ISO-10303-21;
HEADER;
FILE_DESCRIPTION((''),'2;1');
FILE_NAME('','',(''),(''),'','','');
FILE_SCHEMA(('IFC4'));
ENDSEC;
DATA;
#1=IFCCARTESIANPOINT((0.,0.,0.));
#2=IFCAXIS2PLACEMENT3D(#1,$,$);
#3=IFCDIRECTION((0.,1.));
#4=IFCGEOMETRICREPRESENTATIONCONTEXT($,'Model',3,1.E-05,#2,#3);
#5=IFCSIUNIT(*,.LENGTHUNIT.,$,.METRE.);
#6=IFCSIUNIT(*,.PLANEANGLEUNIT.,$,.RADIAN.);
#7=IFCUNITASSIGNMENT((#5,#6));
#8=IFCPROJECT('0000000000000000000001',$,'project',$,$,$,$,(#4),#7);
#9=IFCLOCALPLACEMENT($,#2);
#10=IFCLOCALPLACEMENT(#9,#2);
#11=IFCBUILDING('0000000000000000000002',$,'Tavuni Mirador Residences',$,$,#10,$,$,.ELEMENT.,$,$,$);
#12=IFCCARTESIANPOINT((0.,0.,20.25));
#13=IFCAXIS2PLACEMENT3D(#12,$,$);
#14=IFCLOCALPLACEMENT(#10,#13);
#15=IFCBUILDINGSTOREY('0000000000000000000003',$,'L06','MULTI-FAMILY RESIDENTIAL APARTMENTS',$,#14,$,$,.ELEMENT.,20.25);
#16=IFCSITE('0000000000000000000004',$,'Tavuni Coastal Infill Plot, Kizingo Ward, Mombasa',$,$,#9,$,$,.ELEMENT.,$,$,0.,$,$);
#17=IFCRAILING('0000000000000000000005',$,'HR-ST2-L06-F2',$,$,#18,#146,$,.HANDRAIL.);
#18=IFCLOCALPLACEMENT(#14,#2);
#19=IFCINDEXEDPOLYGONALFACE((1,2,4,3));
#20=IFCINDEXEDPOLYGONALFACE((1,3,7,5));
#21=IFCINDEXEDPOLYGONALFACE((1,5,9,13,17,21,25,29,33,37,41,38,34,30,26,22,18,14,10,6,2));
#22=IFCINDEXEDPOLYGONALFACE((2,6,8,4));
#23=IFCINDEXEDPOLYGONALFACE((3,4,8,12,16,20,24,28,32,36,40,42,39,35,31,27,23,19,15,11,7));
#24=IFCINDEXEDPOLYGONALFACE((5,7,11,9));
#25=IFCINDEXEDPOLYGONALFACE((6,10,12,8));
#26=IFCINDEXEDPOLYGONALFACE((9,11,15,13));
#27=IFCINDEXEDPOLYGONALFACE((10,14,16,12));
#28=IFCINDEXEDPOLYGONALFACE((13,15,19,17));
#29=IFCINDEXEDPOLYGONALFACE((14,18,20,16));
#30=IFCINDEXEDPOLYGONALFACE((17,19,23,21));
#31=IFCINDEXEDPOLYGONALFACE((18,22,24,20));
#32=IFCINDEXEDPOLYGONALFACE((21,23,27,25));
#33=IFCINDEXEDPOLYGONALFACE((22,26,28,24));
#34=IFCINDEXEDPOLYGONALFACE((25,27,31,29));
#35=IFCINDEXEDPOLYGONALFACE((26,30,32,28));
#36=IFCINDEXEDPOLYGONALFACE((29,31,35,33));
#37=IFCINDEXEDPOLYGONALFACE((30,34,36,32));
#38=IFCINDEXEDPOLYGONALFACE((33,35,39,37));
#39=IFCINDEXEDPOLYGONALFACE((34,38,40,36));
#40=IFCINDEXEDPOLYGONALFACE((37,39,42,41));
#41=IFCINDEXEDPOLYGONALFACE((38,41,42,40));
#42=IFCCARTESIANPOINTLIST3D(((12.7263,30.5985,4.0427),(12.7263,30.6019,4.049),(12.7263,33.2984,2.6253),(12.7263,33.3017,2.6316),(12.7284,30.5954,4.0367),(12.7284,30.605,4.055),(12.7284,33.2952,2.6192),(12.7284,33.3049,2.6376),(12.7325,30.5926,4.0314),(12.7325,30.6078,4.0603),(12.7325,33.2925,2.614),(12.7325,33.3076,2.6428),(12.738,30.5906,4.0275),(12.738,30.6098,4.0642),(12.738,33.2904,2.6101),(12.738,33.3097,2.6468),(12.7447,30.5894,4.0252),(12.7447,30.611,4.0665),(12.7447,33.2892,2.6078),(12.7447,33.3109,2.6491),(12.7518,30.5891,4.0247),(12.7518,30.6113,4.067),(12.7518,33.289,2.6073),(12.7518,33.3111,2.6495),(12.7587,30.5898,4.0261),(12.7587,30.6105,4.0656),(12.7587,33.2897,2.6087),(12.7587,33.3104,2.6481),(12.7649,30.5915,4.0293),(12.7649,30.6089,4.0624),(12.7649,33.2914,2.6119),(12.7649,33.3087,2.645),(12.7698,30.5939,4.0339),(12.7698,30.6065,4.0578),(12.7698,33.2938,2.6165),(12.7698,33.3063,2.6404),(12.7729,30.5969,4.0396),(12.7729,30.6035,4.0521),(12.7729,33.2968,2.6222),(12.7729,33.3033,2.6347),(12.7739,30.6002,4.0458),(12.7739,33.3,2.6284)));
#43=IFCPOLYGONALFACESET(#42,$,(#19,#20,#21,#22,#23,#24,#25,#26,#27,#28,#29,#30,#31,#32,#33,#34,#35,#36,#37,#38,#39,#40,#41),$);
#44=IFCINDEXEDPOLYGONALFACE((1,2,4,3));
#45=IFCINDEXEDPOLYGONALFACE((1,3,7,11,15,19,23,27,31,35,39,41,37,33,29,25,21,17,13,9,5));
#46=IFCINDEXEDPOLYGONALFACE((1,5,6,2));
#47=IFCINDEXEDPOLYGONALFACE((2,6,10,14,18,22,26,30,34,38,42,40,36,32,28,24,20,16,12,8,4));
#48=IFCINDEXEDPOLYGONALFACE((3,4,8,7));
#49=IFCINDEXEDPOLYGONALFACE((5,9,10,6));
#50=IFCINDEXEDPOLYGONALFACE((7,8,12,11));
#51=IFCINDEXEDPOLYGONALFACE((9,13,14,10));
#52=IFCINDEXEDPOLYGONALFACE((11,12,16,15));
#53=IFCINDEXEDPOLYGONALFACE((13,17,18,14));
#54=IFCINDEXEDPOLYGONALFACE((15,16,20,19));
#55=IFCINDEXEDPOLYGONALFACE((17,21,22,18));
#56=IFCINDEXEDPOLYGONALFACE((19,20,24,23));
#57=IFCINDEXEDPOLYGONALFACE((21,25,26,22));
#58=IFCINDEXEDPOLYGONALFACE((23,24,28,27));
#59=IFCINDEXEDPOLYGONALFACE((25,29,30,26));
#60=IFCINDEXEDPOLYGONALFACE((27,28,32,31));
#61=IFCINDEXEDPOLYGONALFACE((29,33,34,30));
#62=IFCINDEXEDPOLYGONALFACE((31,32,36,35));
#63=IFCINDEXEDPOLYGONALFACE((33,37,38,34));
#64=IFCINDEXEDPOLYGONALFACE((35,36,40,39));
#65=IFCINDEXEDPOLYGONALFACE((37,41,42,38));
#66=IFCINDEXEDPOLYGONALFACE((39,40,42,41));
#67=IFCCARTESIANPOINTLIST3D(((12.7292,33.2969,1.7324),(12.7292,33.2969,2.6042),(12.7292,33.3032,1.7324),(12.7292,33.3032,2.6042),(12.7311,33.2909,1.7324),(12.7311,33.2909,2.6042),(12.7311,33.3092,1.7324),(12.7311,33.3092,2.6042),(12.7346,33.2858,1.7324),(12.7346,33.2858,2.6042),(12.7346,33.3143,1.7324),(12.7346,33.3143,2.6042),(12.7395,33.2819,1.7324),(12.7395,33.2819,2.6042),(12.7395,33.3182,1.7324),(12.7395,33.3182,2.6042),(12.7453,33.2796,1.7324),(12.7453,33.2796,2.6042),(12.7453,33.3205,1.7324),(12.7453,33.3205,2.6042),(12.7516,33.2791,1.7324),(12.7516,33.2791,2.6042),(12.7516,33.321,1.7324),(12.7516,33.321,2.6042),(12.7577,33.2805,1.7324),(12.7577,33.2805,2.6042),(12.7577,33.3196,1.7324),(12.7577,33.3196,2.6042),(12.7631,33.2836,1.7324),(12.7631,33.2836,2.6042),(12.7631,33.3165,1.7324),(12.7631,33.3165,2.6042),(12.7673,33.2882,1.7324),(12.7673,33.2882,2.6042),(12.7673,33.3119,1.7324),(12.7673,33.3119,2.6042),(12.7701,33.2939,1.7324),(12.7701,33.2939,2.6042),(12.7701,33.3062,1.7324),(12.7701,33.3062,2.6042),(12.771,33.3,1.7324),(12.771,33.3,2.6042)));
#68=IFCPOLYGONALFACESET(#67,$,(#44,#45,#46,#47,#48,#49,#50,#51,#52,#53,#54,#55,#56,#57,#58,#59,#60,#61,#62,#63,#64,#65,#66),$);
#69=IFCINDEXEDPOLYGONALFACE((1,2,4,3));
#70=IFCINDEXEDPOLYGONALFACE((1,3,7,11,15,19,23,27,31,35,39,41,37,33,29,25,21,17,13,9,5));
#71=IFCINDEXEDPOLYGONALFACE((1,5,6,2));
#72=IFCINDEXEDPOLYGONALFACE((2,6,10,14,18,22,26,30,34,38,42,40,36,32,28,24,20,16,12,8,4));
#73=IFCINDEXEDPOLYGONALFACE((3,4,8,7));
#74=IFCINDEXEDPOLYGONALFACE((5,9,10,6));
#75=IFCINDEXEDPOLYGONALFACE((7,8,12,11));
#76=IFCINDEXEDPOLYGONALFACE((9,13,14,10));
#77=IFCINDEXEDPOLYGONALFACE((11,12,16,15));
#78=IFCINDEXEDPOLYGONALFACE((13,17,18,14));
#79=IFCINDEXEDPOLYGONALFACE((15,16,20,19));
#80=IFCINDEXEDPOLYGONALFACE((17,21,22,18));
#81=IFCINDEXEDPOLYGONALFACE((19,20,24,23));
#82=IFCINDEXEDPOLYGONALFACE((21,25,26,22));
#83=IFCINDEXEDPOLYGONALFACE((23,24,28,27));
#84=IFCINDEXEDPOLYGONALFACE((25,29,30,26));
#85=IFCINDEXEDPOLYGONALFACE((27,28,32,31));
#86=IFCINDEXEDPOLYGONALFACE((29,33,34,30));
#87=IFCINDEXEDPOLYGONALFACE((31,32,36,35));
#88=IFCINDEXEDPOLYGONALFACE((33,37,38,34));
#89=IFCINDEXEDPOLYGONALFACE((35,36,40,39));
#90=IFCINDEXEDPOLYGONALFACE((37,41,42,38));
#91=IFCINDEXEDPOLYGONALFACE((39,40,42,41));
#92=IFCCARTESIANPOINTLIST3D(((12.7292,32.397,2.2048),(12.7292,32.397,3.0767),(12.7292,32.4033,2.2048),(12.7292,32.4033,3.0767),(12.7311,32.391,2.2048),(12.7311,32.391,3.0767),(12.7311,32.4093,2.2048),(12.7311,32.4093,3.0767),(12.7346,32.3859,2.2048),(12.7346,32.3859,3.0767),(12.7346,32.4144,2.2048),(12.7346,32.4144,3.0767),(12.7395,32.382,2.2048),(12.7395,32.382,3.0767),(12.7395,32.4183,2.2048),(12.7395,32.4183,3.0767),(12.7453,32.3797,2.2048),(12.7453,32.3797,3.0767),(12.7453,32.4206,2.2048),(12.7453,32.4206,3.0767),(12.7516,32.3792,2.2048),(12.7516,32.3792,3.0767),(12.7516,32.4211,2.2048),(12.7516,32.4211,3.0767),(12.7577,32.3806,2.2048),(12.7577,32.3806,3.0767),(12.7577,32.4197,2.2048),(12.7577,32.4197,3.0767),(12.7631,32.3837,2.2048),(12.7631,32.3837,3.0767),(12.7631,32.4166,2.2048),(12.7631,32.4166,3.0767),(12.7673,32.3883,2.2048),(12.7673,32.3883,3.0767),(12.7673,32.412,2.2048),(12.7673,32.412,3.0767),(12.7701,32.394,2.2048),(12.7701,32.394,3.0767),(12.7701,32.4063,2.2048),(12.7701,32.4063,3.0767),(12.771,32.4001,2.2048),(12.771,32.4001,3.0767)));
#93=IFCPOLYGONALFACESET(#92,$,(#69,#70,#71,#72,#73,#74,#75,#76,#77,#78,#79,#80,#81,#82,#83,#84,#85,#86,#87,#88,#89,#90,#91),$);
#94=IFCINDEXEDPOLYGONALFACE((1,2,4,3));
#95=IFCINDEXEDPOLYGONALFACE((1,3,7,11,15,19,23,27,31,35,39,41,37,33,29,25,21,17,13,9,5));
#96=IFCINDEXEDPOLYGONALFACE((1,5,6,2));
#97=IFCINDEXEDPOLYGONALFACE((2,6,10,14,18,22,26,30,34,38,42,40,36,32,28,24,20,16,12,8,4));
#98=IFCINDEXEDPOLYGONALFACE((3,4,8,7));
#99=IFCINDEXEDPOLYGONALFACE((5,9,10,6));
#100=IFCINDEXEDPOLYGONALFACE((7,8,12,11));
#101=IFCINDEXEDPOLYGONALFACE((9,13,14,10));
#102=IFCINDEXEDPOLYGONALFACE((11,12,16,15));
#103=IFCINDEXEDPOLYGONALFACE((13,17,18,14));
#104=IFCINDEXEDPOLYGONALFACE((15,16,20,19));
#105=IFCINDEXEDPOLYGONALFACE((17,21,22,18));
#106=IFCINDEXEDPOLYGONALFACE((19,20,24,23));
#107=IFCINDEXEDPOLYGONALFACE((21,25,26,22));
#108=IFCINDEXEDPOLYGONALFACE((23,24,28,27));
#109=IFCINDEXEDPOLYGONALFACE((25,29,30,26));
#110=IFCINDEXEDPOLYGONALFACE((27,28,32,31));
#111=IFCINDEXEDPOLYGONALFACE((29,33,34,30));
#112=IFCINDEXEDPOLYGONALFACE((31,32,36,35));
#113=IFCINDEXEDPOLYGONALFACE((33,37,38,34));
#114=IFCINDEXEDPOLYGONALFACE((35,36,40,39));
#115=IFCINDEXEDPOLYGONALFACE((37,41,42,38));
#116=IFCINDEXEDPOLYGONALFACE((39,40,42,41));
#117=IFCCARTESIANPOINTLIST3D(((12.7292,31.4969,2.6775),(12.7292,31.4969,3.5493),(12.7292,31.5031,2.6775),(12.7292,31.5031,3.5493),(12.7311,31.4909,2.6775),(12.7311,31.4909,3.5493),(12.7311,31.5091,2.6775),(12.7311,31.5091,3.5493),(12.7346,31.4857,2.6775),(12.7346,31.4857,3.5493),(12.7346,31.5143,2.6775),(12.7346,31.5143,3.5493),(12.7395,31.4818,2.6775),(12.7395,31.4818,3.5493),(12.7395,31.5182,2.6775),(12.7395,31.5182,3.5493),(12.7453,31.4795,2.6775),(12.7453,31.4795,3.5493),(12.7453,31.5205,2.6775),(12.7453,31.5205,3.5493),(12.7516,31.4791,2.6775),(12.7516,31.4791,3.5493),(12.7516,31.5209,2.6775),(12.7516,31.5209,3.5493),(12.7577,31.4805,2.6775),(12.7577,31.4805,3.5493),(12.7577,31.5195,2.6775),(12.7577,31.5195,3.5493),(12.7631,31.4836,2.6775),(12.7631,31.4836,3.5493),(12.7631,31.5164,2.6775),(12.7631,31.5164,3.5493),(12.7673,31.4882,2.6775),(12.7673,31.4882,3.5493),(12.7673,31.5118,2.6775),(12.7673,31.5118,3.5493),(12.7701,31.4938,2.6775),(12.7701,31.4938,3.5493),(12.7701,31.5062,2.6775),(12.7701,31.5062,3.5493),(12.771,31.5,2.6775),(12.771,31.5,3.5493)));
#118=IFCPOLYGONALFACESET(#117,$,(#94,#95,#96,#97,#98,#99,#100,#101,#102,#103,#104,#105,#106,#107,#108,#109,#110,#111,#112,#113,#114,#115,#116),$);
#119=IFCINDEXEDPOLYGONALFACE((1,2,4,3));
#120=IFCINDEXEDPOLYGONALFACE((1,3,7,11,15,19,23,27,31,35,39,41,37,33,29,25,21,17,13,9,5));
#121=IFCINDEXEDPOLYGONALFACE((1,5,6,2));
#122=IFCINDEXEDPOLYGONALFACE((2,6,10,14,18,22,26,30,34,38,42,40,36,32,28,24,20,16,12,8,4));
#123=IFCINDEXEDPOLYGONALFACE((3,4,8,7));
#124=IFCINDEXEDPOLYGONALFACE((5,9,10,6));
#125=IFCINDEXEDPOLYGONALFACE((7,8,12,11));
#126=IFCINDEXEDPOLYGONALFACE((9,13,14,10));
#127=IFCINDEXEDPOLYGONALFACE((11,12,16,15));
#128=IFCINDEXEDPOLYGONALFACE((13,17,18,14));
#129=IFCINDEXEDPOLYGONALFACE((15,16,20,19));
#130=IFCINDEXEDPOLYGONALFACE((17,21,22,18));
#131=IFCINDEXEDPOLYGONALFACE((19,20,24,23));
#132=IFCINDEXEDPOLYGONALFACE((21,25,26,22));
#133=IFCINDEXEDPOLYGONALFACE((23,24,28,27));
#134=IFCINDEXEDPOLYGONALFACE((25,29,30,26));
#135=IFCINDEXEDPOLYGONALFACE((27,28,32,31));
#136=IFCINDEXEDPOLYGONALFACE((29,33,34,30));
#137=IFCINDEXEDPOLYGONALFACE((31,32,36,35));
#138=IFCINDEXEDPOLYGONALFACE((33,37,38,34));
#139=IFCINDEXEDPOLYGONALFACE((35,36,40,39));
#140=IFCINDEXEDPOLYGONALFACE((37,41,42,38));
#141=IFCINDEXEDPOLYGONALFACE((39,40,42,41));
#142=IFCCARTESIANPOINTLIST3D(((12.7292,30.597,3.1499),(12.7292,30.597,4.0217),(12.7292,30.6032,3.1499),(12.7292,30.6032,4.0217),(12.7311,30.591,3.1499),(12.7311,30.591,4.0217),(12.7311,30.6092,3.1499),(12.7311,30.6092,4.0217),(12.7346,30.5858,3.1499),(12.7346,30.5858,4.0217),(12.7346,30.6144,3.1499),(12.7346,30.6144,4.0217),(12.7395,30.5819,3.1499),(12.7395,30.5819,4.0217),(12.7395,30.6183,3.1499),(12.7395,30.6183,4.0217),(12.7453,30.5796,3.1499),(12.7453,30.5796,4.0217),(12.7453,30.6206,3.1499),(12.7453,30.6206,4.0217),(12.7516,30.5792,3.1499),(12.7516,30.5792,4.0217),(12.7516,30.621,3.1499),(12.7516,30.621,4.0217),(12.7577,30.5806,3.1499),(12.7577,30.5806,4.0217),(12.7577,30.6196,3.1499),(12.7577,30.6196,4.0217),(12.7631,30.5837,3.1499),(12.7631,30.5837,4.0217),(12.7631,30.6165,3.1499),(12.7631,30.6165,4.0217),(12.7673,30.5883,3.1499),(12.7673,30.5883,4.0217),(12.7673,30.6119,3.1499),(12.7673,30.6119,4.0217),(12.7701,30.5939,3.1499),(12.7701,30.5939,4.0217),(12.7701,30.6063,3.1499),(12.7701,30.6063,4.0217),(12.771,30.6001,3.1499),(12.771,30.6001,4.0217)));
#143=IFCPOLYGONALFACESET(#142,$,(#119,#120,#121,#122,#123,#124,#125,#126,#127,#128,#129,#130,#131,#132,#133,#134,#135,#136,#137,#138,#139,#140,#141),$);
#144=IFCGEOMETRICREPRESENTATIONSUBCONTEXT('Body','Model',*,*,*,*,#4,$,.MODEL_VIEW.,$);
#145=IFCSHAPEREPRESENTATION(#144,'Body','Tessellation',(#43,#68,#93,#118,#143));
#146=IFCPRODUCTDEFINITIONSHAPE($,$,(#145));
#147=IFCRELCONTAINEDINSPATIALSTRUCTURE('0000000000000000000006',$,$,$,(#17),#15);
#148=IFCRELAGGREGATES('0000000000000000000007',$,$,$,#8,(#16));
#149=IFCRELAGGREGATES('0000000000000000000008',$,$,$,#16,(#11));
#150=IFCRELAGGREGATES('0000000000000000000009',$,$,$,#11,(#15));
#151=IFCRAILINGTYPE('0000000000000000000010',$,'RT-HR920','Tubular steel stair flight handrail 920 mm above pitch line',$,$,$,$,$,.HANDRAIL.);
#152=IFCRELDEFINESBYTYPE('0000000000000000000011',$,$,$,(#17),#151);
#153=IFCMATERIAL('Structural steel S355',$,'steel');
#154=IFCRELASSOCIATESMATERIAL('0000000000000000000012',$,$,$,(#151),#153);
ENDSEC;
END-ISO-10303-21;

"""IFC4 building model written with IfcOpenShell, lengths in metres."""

from ifc_helpers import new_model, si_unit, direction, frame, origin, origin_2d, place, context, subcontext, project, spatial, circle, extrude, material, type_object, element, save


model = new_model("IFC4")

# Units and contexts
model_context = context("Model", 3, precision=1e-05, world=origin(), true_north=direction((0.0, 1.0)))
body_context = subcontext(model_context, "Body", "Model", "MODEL_VIEW")
ifc_project = project(units=[si_unit("LENGTHUNIT", "METRE"), si_unit("PLANEANGLEUNIT", "RADIAN")], contexts=[model_context])

# Site, building, storey
site_placement = place(None, origin())
site = spatial("IfcSite", under=ifc_project, at=site_placement, Name="Tavuni Coastal Infill Plot, Kizingo Ward, Mombasa", CompositionType="ELEMENT", RefElevation=0.0)
building_placement = place(site_placement, origin())
building = spatial("IfcBuilding", under=site, at=building_placement, Name="Tavuni Mirador Residences", CompositionType="ELEMENT")
storey_placement = place(building_placement, frame((0.0, 0.0, 20.25)))
storey = spatial("IfcBuildingStorey", under=building, at=storey_placement, Name="L06", Description="MULTI-FAMILY RESIDENTIAL APARTMENTS", CompositionType="ELEMENT", Elevation=20.25)

# Shared definitions
ifc_material_1 = material(Name="Structural steel S355", Category="steel")

# Railing
railing_type_1 = type_object("IfcRailingType", Name="RT-HR920", Description="Tubular steel stair flight handrail 920 mm above pitch line", PredefinedType="HANDRAIL", material=ifc_material_1)
railing_1_placement = place(storey_placement, frame((12.75, 33.3, 1.7324)))
element("IfcRailing", 1, at=railing_1_placement, inside=storey, type_object=railing_type_1, Name="HR-ST2-L06-F2", PredefinedType="HANDRAIL", context=body_context, shape_type="SweptSolid", body=[
    extrude(circle(Radius=0.0239, at=origin_2d()), frame((0.0, 0.0, 0.896), z_axis=(0.0, -0.885397, 0.464835), x_axis=(1.0, 0.0, 0.0)), (0.0, 0.0, 1.0), 3.0493),
    extrude(circle(Radius=0.021, at=origin_2d()), origin(), (0.0, 0.0, 1.0), 0.8718),
    extrude(circle(Radius=0.021, at=origin_2d()), frame((0.0, -0.8999, 0.4724)), (0.0, 0.0, 1.0), 0.8718),
    extrude(circle(Radius=0.021, at=origin_2d()), frame((0.0, -1.8, 0.9451)), (0.0, 0.0, 1.0), 0.8718),
    extrude(circle(Radius=0.021, at=origin_2d()), frame((0.0, -2.7, 1.4175)), (0.0, 0.0, 1.0), 0.8718),
])

save(model, "model.ifc")
